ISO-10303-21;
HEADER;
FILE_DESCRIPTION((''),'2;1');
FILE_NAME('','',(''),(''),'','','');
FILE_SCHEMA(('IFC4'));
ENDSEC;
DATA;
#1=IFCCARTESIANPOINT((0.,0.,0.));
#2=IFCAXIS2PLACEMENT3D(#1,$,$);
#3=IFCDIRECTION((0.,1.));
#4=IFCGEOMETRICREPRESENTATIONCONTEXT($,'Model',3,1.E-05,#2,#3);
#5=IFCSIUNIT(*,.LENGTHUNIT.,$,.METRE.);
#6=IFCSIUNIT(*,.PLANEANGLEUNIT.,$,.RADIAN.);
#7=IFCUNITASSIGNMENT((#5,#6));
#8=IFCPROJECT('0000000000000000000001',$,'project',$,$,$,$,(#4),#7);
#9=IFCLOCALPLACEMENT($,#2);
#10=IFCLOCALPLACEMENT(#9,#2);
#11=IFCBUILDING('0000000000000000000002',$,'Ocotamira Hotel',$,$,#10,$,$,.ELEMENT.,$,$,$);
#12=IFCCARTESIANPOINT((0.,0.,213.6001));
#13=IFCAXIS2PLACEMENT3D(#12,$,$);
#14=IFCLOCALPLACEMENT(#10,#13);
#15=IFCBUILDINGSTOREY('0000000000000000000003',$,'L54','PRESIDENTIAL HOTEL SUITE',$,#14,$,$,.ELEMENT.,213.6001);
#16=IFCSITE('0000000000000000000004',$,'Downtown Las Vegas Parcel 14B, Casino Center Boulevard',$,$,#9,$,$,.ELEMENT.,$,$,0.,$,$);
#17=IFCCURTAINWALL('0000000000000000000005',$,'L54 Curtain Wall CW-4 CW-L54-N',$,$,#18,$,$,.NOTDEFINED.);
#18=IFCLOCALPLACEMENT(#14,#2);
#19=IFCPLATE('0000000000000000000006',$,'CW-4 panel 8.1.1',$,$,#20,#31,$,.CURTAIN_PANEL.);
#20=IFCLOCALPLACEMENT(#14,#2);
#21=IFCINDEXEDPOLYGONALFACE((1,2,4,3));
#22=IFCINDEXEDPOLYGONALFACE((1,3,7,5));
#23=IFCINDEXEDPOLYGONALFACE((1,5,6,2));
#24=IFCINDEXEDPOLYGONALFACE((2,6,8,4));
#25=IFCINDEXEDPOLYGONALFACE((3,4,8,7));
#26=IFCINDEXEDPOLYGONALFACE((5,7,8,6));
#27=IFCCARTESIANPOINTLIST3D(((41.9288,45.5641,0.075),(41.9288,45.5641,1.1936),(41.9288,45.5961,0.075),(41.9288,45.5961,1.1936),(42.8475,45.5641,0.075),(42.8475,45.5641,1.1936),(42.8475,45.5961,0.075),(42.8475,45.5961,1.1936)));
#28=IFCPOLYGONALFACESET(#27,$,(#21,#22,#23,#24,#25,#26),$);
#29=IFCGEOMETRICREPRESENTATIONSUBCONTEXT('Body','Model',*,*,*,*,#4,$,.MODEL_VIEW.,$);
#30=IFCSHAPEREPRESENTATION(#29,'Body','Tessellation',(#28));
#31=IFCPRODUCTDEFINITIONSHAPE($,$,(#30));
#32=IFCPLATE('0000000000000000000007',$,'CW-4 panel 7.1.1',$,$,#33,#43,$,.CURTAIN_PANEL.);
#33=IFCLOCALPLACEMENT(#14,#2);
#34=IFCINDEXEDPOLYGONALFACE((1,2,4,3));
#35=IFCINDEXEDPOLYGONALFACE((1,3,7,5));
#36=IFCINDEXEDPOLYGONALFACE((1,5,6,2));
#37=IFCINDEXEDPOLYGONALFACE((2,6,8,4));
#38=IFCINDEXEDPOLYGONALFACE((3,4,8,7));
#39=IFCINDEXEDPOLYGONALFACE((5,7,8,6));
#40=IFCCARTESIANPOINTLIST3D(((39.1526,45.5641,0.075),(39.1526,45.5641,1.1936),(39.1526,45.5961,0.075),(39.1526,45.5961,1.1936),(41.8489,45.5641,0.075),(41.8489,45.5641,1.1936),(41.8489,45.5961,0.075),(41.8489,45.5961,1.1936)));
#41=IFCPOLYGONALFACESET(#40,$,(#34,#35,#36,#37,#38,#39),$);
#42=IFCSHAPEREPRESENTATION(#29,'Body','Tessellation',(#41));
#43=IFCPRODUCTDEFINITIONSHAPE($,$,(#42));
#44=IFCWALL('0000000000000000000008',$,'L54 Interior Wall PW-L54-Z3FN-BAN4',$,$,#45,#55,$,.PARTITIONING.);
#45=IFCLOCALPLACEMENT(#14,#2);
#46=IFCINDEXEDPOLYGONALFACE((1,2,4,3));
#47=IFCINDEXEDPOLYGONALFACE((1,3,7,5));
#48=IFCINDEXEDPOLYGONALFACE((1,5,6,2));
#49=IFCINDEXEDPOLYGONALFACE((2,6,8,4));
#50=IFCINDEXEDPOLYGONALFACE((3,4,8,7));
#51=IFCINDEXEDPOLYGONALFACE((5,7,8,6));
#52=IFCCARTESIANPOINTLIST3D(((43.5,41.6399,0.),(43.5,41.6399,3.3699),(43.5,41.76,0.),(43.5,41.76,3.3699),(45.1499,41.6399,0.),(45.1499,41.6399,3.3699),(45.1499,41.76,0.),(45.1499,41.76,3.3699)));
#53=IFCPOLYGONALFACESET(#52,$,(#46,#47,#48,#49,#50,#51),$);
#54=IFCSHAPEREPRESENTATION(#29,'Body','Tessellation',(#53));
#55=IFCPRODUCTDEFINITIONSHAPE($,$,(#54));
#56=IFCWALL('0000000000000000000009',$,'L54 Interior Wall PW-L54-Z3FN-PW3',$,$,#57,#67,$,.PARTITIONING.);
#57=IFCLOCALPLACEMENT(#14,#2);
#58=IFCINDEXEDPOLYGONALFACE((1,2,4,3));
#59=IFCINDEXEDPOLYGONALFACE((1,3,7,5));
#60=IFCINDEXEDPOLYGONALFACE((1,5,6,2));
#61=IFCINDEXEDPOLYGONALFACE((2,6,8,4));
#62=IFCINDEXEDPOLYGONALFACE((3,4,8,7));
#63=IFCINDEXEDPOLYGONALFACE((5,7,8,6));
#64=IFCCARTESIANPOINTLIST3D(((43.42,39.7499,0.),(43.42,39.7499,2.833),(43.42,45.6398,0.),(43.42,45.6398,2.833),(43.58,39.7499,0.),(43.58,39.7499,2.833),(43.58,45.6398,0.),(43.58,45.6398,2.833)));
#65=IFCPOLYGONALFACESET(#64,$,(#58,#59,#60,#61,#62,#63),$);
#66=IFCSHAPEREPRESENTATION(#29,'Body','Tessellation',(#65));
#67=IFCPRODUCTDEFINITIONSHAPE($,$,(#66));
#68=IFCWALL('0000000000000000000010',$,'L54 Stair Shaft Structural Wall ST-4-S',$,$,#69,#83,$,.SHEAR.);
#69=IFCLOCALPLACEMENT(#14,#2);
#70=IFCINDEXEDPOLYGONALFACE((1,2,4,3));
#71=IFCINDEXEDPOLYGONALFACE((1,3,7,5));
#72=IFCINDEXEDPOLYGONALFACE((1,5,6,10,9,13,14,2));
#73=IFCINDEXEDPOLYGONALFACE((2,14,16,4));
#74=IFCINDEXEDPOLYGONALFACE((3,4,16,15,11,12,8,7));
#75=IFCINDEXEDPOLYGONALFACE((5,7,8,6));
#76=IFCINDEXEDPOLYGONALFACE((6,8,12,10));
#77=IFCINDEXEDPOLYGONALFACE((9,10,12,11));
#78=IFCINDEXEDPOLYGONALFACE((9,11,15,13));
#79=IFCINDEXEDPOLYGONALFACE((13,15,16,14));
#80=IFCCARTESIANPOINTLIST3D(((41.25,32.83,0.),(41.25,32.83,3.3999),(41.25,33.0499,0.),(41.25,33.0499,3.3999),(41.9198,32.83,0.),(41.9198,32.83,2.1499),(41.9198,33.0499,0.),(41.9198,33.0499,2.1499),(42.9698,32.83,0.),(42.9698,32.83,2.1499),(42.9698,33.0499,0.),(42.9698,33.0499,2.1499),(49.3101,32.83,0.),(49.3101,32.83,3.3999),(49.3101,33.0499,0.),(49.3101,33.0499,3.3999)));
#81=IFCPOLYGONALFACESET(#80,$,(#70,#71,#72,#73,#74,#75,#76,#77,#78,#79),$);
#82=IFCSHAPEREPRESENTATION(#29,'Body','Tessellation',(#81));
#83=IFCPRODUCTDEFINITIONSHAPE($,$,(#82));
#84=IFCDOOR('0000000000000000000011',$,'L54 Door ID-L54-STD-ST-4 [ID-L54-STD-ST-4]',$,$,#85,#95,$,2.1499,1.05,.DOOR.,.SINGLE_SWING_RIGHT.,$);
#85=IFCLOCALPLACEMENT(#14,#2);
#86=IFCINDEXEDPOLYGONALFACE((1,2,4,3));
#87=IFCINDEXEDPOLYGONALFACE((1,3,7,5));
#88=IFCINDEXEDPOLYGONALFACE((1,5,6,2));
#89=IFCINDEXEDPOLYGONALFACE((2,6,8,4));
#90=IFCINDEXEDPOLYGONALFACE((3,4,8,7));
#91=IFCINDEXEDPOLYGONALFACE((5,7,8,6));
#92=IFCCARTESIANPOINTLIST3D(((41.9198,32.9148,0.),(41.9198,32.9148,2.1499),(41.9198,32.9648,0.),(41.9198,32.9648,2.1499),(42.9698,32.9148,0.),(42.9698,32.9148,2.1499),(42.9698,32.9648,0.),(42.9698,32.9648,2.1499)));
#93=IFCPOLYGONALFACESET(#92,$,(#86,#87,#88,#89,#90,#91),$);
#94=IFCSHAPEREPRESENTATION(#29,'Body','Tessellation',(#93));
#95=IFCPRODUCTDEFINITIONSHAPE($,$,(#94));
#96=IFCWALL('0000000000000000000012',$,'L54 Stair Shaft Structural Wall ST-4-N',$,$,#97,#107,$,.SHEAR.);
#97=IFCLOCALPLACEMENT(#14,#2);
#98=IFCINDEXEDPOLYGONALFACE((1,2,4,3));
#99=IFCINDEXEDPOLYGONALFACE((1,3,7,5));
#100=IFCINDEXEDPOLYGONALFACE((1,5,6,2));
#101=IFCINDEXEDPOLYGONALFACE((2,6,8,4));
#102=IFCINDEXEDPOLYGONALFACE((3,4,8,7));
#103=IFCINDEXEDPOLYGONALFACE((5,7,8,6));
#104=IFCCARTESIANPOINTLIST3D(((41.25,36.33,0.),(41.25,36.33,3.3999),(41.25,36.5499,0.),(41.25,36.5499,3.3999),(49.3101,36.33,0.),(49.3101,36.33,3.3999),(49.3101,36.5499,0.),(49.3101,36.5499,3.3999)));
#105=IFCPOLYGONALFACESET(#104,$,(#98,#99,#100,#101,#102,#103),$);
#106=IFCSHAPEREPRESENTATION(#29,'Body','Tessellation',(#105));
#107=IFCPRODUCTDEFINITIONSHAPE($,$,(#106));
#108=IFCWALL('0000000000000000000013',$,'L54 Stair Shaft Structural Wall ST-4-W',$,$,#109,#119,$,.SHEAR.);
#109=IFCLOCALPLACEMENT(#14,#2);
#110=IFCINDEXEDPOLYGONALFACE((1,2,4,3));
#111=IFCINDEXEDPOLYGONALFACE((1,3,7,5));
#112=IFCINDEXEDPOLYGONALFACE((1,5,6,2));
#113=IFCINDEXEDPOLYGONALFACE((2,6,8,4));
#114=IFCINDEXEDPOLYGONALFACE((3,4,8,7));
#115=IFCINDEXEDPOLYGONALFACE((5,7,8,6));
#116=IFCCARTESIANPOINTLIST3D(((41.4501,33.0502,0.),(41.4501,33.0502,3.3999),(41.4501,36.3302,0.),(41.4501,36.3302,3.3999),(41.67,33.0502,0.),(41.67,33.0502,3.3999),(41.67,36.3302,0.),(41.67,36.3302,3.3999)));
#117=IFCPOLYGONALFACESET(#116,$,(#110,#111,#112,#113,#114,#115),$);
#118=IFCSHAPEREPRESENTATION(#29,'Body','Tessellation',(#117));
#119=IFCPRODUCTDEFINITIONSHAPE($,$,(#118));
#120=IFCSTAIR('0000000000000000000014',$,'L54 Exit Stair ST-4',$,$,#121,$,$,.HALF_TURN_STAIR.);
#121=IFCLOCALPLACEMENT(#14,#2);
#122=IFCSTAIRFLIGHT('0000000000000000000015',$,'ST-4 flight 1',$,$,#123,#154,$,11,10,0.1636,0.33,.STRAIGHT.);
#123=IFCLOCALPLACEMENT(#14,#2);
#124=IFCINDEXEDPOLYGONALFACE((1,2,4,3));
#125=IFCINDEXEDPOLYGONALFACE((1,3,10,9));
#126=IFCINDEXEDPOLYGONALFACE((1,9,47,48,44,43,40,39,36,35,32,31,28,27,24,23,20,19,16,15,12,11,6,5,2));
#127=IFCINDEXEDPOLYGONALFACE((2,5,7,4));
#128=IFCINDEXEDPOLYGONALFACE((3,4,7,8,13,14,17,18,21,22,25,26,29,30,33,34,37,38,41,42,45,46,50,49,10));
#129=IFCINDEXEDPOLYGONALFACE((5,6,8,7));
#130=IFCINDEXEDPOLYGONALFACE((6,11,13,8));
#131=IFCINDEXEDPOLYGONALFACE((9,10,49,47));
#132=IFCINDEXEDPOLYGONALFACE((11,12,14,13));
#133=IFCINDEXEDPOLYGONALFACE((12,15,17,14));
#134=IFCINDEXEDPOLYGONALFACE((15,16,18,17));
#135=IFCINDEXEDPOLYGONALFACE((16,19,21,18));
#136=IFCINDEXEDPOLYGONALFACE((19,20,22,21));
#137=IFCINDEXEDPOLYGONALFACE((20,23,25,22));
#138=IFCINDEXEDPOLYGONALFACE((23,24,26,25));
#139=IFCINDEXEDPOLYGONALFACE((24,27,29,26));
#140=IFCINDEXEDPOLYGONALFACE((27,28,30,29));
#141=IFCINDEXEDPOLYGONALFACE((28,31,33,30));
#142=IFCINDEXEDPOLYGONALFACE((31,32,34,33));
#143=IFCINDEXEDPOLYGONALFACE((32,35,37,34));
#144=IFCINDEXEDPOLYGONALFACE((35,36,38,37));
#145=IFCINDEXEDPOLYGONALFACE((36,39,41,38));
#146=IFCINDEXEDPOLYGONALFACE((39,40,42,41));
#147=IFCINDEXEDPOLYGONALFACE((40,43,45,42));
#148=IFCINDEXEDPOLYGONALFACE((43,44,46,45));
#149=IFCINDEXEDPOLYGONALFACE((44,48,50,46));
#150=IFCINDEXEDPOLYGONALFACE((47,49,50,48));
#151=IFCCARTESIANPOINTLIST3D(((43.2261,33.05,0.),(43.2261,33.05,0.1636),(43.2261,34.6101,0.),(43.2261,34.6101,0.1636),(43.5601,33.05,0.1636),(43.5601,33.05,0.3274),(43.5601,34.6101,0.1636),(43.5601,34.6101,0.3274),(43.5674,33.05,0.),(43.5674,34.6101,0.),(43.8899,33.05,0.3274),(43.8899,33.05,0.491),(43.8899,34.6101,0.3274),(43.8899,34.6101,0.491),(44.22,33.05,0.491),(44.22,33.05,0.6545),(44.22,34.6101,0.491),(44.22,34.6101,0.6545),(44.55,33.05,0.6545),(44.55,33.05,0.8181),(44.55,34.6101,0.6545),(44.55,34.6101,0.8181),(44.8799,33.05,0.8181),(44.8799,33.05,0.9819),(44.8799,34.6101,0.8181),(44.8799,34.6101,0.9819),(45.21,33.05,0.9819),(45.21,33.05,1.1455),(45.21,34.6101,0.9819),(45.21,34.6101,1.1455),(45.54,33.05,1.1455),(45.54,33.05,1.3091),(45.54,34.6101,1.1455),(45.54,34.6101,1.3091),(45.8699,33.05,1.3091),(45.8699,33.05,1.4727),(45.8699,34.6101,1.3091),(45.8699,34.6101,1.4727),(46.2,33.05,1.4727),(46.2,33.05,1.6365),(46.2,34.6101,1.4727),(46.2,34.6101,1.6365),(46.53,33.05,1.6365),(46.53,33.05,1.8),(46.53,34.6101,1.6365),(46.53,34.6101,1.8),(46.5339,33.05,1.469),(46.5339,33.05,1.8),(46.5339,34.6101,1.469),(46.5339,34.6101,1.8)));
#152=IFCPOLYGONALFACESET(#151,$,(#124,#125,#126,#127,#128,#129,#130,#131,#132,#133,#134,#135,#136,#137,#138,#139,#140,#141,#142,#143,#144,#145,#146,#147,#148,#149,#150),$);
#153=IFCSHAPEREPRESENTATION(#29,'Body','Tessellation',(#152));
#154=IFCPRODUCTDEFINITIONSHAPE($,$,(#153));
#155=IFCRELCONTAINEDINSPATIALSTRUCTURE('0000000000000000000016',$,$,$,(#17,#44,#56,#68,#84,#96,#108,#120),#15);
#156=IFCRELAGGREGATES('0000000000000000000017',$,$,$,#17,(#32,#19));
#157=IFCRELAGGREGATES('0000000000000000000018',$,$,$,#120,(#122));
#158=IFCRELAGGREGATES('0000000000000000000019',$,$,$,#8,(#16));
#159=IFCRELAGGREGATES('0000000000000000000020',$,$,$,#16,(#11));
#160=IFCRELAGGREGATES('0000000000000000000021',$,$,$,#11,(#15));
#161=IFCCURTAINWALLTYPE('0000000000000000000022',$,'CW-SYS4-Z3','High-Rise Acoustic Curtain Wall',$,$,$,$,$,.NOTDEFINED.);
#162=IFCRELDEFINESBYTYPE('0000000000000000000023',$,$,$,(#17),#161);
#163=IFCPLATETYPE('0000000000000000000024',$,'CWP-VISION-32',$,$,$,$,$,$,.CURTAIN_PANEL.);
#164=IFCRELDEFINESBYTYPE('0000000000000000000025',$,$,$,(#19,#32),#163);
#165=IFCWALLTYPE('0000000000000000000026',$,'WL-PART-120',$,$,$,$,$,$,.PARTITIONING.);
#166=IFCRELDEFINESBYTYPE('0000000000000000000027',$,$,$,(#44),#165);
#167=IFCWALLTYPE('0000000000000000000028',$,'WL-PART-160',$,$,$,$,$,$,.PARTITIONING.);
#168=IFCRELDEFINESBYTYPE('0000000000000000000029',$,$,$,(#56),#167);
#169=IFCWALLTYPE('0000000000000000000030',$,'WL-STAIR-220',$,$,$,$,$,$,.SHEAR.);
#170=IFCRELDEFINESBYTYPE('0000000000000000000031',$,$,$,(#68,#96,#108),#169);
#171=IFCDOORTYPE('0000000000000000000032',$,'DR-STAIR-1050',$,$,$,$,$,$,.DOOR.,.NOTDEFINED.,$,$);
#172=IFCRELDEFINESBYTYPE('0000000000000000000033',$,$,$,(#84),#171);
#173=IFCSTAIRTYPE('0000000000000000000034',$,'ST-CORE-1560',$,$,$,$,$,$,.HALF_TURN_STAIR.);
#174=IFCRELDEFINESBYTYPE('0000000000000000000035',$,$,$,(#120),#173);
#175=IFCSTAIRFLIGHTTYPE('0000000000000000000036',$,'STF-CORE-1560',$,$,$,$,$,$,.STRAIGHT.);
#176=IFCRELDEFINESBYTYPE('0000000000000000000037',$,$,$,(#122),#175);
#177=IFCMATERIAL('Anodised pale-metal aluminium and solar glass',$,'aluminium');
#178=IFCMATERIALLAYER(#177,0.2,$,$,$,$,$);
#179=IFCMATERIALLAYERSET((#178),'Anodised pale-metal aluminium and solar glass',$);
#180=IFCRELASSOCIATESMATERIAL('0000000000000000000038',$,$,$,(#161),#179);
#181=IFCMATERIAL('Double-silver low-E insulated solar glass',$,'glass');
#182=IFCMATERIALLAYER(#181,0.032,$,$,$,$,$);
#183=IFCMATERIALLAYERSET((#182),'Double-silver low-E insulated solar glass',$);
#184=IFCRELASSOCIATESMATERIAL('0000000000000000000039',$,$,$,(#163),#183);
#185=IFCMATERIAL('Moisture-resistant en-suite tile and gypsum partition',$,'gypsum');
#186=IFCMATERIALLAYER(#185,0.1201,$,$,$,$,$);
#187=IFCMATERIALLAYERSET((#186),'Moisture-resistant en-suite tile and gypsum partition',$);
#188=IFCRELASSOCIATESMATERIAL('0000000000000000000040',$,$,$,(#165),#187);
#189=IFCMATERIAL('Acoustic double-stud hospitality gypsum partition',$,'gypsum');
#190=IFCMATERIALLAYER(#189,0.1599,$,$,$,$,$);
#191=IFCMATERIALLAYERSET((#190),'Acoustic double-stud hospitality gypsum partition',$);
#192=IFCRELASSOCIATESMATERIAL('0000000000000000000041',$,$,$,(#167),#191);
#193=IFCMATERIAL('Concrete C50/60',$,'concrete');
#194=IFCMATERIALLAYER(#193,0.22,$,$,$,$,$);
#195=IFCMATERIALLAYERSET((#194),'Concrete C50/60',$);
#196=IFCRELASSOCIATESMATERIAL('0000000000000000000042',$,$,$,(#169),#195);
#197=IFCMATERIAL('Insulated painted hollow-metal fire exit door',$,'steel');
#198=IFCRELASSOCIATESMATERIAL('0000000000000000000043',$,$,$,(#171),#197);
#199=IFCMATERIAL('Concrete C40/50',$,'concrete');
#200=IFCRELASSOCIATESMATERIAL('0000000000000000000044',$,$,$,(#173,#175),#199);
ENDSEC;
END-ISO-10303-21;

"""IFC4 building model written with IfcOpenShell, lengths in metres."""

from ifc_helpers import new_model, si_unit, direction, frame, frame_2d, origin, origin_2d, place, context, subcontext, project, spatial, polyline, rectangle, outline, extrude, source, transform, mapped, material, layer, layer_set, type_object, element, fill, aggregate, save


model = new_model("IFC4")

# Units and contexts
model_context = context("Model", 3, precision=1e-05, world=origin(), true_north=direction((0.0, 1.0)))
body_context = subcontext(model_context, "Body", "Model", "MODEL_VIEW")
ifc_project = project(units=[si_unit("LENGTHUNIT", "METRE"), si_unit("PLANEANGLEUNIT", "RADIAN")], contexts=[model_context])

# Site, building, storey
site_placement = place(None, origin())
site = spatial("IfcSite", under=ifc_project, at=site_placement, Name="Downtown Las Vegas Parcel 14B, Casino Center Boulevard", CompositionType="ELEMENT", RefElevation=0.0)
building_placement = place(site_placement, origin())
building = spatial("IfcBuilding", under=site, at=building_placement, Name="Ocotamira Hotel", CompositionType="ELEMENT")
storey_placement = place(building_placement, frame((0.0, 0.0, 213.6001)))
storey = spatial("IfcBuildingStorey", under=building, at=storey_placement, Name="L54", Description="PRESIDENTIAL HOTEL SUITE", CompositionType="ELEMENT", Elevation=213.6001)

# Shared definitions
ifc_material_1 = material(Name="Concrete C50/60", Category="concrete")

# Curtain wall
ifc_material_2 = material(Name="Anodised pale-metal aluminium and solar glass", Category="aluminium")
ifc_layer_1 = layer(ifc_material_2, 0.2)
ifc_layer_set_1 = layer_set([ifc_layer_1], Name="Anodised pale-metal aluminium and solar glass")
curtain_wall_type = type_object("IfcCurtainWallType", Name="CW-SYS4-Z3", Description="High-Rise Acoustic Curtain Wall", PredefinedType="NOTDEFINED", material=ifc_layer_set_1)
curtain_wall_placement = place(storey_placement, origin())
curtain_wall = element("IfcCurtainWall", 1, at=curtain_wall_placement, inside=storey, type_object=curtain_wall_type, Name="L54 Curtain Wall CW-4 CW-L54-N", PredefinedType="NOTDEFINED")

# Plates
ifc_material_3 = material(Name="Double-silver low-E insulated solar glass", Category="glass")
ifc_layer_2 = layer(ifc_material_3, 0.032)
ifc_layer_set_2 = layer_set([ifc_layer_2], Name="Double-silver low-E insulated solar glass")
plate_type_1 = type_object("IfcPlateType", Name="CWP-VISION-32", PredefinedType="CURTAIN_PANEL", material=ifc_layer_set_2)
shared_shape_1 = source(origin(), body_context, "Body", "SweptSolid", [
    extrude(rectangle(XDim=0.9187, YDim=0.032, at=origin_2d()), origin(), (0.0, 0.0, 1.0), 1.1187),
])
plate_1_placement = place(storey_placement, frame((42.3882, 45.5801, 0.075), z_axis=(0.0, 0.0, 1.0), x_axis=(1.0, 0.0, 0.0)))
plate_1 = element("IfcPlate", 2, at=plate_1_placement, type_object=plate_type_1, Name="CW-4 panel 8.1.1", PredefinedType="CURTAIN_PANEL", context=body_context, shape_type="MappedRepresentation", body=[
    mapped(shared_shape_1, transform((0.0, 0.0, 0.0), scale=1.0)),
])
shared_shape_2 = source(origin(), body_context, "Body", "SweptSolid", [
    extrude(rectangle(XDim=2.6963, YDim=0.032, at=origin_2d()), origin(), (0.0, 0.0, 1.0), 1.1187),
])
plate_2_placement = place(storey_placement, frame((40.5007, 45.5801, 0.075), z_axis=(0.0, 0.0, 1.0), x_axis=(1.0, 0.0, 0.0)))
plate_2 = element("IfcPlate", 3, at=plate_2_placement, type_object=plate_type_1, Name="CW-4 panel 7.1.1", PredefinedType="CURTAIN_PANEL", context=body_context, shape_type="MappedRepresentation", body=[
    mapped(shared_shape_2, transform((0.0, 0.0, 0.0), scale=1.0)),
])
aggregate(curtain_wall, [plate_2, plate_1])

# Walls
ifc_material_4 = material(Name="Moisture-resistant en-suite tile and gypsum partition", Category="gypsum")
ifc_layer_3 = layer(ifc_material_4, 0.1201)
ifc_layer_set_3 = layer_set([ifc_layer_3], Name="Moisture-resistant en-suite tile and gypsum partition")
wall_type_1 = type_object("IfcWallType", Name="WL-PART-120", PredefinedType="PARTITIONING", material=ifc_layer_set_3)
wall_1_placement = place(storey_placement, frame((43.5, 41.7, 0.0), z_axis=(0.0, 0.0, 1.0), x_axis=(1.0, 0.0, 0.0)))
element("IfcWall", 4, at=wall_1_placement, inside=storey, type_object=wall_type_1, Name="L54 Interior Wall PW-L54-Z3FN-BAN4", PredefinedType="PARTITIONING", context=body_context, shape_type="SweptSolid", body=[
    extrude(rectangle(XDim=1.6499, YDim=0.1201, at=frame_2d((0.825, 0.0))), origin(), (0.0, 0.0, 1.0), 3.3699),
])
ifc_material_5 = material(Name="Acoustic double-stud hospitality gypsum partition", Category="gypsum")
ifc_layer_4 = layer(ifc_material_5, 0.1599)
ifc_layer_set_4 = layer_set([ifc_layer_4], Name="Acoustic double-stud hospitality gypsum partition")
wall_type_2 = type_object("IfcWallType", Name="WL-PART-160", PredefinedType="PARTITIONING", material=ifc_layer_set_4)
wall_2_placement = place(storey_placement, frame((43.5, 39.75, 0.0), z_axis=(0.0, 0.0, 1.0), x_axis=(0.0, 1.0, 0.0)))
element("IfcWall", 5, at=wall_2_placement, inside=storey, type_object=wall_type_2, Name="L54 Interior Wall PW-L54-Z3FN-PW3", PredefinedType="PARTITIONING", context=body_context, shape_type="SweptSolid", body=[
    extrude(rectangle(XDim=5.8899, YDim=0.1599, at=frame_2d((2.9448, 0.0))), origin(), (0.0, 0.0, 1.0), 2.833),
])

# Wall, opening, door
ifc_layer_5 = layer(ifc_material_1, 0.22)
ifc_layer_set_5 = layer_set([ifc_layer_5], Name="Concrete C50/60")
wall_type_3 = type_object("IfcWallType", Name="WL-STAIR-220", PredefinedType="SHEAR", material=ifc_layer_set_5)
wall_3_placement = place(storey_placement, frame((41.25, 32.9399, 0.0), z_axis=(0.0, 0.0, 1.0), x_axis=(1.0, 0.0, 0.0)))
wall_3 = element("IfcWall", 6, at=wall_3_placement, inside=storey, type_object=wall_type_3, Name="L54 Stair Shaft Structural Wall ST-4-S", PredefinedType="SHEAR", context=body_context, shape_type="SweptSolid", body=[
    extrude(rectangle(XDim=8.0601, YDim=0.22, at=frame_2d((4.03, 0.0))), origin(), (0.0, 0.0, 1.0), 3.3999),
])
opening_1_placement = place(wall_3_placement, frame((0.6699, 0.0, 0.0)))
opening_1 = element("IfcOpeningElement", 7, at=opening_1_placement, cuts=wall_3, PredefinedType="OPENING", context=body_context, shape_type="SweptSolid", body=[
    extrude(rectangle(XDim=1.05, YDim=2.1499, at=frame_2d((0.5249, 1.075))), frame((0.0, 0.1201, 0.0), z_axis=(0.0, -1.0, 0.0), x_axis=(1.0, 0.0, 0.0)), (0.0, 0.0, 1.0), 0.24),
])
ifc_material_6 = material(Name="Insulated painted hollow-metal fire exit door", Category="steel")
door_type_1 = type_object("IfcDoorType", Name="DR-STAIR-1050", OperationType="NOTDEFINED", PredefinedType="DOOR", material=ifc_material_6)
shared_shape_3 = source(origin(), body_context, "Body", "SweptSolid", [
    extrude(rectangle(XDim=1.05, YDim=2.1499, at=frame_2d((0.5249, 1.075))), frame((0.0, 0.0249, 0.0), z_axis=(0.0, -1.0, 0.0), x_axis=(1.0, 0.0, 0.0)), (0.0, 0.0, 1.0), 0.05),
])
door_1_placement = place(opening_1_placement, origin())
door_1 = element("IfcDoor", 8, at=door_1_placement, inside=storey, type_object=door_type_1, Name="L54 Door ID-L54-STD-ST-4 [ID-L54-STD-ST-4]", OperationType="SINGLE_SWING_RIGHT", OverallHeight=2.1499, OverallWidth=1.05, PredefinedType="DOOR", context=body_context, shape_type="MappedRepresentation", body=[
    mapped(shared_shape_3, transform((0.0, 0.0, 0.0), scale=1.0)),
])
fill(opening_1, door_1)

# Walls
wall_4_placement = place(storey_placement, frame((41.25, 36.4399, 0.0), z_axis=(0.0, 0.0, 1.0), x_axis=(1.0, 0.0, 0.0)))
element("IfcWall", 9, at=wall_4_placement, inside=storey, type_object=wall_type_3, Name="L54 Stair Shaft Structural Wall ST-4-N", PredefinedType="SHEAR", context=body_context, shape_type="SweptSolid", body=[
    extrude(rectangle(XDim=8.0601, YDim=0.22, at=frame_2d((4.03, 0.0))), origin(), (0.0, 0.0, 1.0), 3.3999),
])
wall_5_placement = place(storey_placement, frame((41.5601, 33.05, 0.0), z_axis=(0.0, 0.0, 1.0), x_axis=(0.0, 1.0, 0.0)))
element("IfcWall", 10, at=wall_5_placement, inside=storey, type_object=wall_type_3, Name="L54 Stair Shaft Structural Wall ST-4-W", PredefinedType="SHEAR", context=body_context, shape_type="SweptSolid", body=[
    extrude(rectangle(XDim=3.28, YDim=0.22, at=frame_2d((1.6401, 0.0))), origin(), (0.0, 0.0, 1.0), 3.3999),
])

# Stair, stair flight
ifc_material_7 = material(Name="Concrete C40/50", Category="concrete")
stair_type = type_object("IfcStairType", Name="ST-CORE-1560", PredefinedType="HALF_TURN_STAIR", material=ifc_material_7)
stair_placement = place(storey_placement, origin())
stair = element("IfcStair", 11, at=stair_placement, inside=storey, type_object=stair_type, Name="L54 Exit Stair ST-4", PredefinedType="HALF_TURN_STAIR")
stair_flight_type = type_object("IfcStairFlightType", Name="STF-CORE-1560", PredefinedType="STRAIGHT", material=ifc_material_7)
shared_shape_4 = source(origin(), body_context, "Body", "SweptSolid", [
    extrude(outline(polyline([(-0.0039, 0.0), (-0.0039, 0.1636), (0.3301, 0.1636), (0.3301, 0.3274), (0.6599, 0.3274), (0.6599, 0.491), (0.99, 0.491), (0.99, 0.6545), (1.3201, 0.6545), (1.3201, 0.8181), (1.6499, 0.8181), (1.6499, 0.9819), (1.98, 0.9819), (1.98, 1.1455), (2.3101, 1.1455), (2.3101, 1.3091), (2.6399, 1.3091), (2.6399, 1.4727), (2.97, 1.4727), (2.97, 1.6365), (3.3, 1.6365), (3.3, 1.8), (3.304, 1.8), (3.304, 1.469), (0.3374, 0.0), (-0.0039, 0.0)])), frame((0.0, 0.78, 0.0), z_axis=(0.0, -1.0, 0.0), x_axis=(1.0, 0.0, 0.0)), (0.0, 0.0, 1.0), 1.5601),
])
stair_flight_placement = place(storey_placement, frame((43.23, 33.8301, 0.0), z_axis=(0.0, 0.0, 1.0), x_axis=(1.0, 0.0, 0.0)))
stair_flight = element("IfcStairFlight", 12, at=stair_flight_placement, type_object=stair_flight_type, Name="ST-4 flight 1", NumberOfRisers=11, NumberOfTreads=10, PredefinedType="STRAIGHT", RiserHeight=0.1636, TreadLength=0.33, context=body_context, shape_type="MappedRepresentation", body=[
    mapped(shared_shape_4, transform((0.0, 0.0, 0.0), scale=1.0)),
])
aggregate(stair, [stair_flight])

save(model, "model.ifc")
